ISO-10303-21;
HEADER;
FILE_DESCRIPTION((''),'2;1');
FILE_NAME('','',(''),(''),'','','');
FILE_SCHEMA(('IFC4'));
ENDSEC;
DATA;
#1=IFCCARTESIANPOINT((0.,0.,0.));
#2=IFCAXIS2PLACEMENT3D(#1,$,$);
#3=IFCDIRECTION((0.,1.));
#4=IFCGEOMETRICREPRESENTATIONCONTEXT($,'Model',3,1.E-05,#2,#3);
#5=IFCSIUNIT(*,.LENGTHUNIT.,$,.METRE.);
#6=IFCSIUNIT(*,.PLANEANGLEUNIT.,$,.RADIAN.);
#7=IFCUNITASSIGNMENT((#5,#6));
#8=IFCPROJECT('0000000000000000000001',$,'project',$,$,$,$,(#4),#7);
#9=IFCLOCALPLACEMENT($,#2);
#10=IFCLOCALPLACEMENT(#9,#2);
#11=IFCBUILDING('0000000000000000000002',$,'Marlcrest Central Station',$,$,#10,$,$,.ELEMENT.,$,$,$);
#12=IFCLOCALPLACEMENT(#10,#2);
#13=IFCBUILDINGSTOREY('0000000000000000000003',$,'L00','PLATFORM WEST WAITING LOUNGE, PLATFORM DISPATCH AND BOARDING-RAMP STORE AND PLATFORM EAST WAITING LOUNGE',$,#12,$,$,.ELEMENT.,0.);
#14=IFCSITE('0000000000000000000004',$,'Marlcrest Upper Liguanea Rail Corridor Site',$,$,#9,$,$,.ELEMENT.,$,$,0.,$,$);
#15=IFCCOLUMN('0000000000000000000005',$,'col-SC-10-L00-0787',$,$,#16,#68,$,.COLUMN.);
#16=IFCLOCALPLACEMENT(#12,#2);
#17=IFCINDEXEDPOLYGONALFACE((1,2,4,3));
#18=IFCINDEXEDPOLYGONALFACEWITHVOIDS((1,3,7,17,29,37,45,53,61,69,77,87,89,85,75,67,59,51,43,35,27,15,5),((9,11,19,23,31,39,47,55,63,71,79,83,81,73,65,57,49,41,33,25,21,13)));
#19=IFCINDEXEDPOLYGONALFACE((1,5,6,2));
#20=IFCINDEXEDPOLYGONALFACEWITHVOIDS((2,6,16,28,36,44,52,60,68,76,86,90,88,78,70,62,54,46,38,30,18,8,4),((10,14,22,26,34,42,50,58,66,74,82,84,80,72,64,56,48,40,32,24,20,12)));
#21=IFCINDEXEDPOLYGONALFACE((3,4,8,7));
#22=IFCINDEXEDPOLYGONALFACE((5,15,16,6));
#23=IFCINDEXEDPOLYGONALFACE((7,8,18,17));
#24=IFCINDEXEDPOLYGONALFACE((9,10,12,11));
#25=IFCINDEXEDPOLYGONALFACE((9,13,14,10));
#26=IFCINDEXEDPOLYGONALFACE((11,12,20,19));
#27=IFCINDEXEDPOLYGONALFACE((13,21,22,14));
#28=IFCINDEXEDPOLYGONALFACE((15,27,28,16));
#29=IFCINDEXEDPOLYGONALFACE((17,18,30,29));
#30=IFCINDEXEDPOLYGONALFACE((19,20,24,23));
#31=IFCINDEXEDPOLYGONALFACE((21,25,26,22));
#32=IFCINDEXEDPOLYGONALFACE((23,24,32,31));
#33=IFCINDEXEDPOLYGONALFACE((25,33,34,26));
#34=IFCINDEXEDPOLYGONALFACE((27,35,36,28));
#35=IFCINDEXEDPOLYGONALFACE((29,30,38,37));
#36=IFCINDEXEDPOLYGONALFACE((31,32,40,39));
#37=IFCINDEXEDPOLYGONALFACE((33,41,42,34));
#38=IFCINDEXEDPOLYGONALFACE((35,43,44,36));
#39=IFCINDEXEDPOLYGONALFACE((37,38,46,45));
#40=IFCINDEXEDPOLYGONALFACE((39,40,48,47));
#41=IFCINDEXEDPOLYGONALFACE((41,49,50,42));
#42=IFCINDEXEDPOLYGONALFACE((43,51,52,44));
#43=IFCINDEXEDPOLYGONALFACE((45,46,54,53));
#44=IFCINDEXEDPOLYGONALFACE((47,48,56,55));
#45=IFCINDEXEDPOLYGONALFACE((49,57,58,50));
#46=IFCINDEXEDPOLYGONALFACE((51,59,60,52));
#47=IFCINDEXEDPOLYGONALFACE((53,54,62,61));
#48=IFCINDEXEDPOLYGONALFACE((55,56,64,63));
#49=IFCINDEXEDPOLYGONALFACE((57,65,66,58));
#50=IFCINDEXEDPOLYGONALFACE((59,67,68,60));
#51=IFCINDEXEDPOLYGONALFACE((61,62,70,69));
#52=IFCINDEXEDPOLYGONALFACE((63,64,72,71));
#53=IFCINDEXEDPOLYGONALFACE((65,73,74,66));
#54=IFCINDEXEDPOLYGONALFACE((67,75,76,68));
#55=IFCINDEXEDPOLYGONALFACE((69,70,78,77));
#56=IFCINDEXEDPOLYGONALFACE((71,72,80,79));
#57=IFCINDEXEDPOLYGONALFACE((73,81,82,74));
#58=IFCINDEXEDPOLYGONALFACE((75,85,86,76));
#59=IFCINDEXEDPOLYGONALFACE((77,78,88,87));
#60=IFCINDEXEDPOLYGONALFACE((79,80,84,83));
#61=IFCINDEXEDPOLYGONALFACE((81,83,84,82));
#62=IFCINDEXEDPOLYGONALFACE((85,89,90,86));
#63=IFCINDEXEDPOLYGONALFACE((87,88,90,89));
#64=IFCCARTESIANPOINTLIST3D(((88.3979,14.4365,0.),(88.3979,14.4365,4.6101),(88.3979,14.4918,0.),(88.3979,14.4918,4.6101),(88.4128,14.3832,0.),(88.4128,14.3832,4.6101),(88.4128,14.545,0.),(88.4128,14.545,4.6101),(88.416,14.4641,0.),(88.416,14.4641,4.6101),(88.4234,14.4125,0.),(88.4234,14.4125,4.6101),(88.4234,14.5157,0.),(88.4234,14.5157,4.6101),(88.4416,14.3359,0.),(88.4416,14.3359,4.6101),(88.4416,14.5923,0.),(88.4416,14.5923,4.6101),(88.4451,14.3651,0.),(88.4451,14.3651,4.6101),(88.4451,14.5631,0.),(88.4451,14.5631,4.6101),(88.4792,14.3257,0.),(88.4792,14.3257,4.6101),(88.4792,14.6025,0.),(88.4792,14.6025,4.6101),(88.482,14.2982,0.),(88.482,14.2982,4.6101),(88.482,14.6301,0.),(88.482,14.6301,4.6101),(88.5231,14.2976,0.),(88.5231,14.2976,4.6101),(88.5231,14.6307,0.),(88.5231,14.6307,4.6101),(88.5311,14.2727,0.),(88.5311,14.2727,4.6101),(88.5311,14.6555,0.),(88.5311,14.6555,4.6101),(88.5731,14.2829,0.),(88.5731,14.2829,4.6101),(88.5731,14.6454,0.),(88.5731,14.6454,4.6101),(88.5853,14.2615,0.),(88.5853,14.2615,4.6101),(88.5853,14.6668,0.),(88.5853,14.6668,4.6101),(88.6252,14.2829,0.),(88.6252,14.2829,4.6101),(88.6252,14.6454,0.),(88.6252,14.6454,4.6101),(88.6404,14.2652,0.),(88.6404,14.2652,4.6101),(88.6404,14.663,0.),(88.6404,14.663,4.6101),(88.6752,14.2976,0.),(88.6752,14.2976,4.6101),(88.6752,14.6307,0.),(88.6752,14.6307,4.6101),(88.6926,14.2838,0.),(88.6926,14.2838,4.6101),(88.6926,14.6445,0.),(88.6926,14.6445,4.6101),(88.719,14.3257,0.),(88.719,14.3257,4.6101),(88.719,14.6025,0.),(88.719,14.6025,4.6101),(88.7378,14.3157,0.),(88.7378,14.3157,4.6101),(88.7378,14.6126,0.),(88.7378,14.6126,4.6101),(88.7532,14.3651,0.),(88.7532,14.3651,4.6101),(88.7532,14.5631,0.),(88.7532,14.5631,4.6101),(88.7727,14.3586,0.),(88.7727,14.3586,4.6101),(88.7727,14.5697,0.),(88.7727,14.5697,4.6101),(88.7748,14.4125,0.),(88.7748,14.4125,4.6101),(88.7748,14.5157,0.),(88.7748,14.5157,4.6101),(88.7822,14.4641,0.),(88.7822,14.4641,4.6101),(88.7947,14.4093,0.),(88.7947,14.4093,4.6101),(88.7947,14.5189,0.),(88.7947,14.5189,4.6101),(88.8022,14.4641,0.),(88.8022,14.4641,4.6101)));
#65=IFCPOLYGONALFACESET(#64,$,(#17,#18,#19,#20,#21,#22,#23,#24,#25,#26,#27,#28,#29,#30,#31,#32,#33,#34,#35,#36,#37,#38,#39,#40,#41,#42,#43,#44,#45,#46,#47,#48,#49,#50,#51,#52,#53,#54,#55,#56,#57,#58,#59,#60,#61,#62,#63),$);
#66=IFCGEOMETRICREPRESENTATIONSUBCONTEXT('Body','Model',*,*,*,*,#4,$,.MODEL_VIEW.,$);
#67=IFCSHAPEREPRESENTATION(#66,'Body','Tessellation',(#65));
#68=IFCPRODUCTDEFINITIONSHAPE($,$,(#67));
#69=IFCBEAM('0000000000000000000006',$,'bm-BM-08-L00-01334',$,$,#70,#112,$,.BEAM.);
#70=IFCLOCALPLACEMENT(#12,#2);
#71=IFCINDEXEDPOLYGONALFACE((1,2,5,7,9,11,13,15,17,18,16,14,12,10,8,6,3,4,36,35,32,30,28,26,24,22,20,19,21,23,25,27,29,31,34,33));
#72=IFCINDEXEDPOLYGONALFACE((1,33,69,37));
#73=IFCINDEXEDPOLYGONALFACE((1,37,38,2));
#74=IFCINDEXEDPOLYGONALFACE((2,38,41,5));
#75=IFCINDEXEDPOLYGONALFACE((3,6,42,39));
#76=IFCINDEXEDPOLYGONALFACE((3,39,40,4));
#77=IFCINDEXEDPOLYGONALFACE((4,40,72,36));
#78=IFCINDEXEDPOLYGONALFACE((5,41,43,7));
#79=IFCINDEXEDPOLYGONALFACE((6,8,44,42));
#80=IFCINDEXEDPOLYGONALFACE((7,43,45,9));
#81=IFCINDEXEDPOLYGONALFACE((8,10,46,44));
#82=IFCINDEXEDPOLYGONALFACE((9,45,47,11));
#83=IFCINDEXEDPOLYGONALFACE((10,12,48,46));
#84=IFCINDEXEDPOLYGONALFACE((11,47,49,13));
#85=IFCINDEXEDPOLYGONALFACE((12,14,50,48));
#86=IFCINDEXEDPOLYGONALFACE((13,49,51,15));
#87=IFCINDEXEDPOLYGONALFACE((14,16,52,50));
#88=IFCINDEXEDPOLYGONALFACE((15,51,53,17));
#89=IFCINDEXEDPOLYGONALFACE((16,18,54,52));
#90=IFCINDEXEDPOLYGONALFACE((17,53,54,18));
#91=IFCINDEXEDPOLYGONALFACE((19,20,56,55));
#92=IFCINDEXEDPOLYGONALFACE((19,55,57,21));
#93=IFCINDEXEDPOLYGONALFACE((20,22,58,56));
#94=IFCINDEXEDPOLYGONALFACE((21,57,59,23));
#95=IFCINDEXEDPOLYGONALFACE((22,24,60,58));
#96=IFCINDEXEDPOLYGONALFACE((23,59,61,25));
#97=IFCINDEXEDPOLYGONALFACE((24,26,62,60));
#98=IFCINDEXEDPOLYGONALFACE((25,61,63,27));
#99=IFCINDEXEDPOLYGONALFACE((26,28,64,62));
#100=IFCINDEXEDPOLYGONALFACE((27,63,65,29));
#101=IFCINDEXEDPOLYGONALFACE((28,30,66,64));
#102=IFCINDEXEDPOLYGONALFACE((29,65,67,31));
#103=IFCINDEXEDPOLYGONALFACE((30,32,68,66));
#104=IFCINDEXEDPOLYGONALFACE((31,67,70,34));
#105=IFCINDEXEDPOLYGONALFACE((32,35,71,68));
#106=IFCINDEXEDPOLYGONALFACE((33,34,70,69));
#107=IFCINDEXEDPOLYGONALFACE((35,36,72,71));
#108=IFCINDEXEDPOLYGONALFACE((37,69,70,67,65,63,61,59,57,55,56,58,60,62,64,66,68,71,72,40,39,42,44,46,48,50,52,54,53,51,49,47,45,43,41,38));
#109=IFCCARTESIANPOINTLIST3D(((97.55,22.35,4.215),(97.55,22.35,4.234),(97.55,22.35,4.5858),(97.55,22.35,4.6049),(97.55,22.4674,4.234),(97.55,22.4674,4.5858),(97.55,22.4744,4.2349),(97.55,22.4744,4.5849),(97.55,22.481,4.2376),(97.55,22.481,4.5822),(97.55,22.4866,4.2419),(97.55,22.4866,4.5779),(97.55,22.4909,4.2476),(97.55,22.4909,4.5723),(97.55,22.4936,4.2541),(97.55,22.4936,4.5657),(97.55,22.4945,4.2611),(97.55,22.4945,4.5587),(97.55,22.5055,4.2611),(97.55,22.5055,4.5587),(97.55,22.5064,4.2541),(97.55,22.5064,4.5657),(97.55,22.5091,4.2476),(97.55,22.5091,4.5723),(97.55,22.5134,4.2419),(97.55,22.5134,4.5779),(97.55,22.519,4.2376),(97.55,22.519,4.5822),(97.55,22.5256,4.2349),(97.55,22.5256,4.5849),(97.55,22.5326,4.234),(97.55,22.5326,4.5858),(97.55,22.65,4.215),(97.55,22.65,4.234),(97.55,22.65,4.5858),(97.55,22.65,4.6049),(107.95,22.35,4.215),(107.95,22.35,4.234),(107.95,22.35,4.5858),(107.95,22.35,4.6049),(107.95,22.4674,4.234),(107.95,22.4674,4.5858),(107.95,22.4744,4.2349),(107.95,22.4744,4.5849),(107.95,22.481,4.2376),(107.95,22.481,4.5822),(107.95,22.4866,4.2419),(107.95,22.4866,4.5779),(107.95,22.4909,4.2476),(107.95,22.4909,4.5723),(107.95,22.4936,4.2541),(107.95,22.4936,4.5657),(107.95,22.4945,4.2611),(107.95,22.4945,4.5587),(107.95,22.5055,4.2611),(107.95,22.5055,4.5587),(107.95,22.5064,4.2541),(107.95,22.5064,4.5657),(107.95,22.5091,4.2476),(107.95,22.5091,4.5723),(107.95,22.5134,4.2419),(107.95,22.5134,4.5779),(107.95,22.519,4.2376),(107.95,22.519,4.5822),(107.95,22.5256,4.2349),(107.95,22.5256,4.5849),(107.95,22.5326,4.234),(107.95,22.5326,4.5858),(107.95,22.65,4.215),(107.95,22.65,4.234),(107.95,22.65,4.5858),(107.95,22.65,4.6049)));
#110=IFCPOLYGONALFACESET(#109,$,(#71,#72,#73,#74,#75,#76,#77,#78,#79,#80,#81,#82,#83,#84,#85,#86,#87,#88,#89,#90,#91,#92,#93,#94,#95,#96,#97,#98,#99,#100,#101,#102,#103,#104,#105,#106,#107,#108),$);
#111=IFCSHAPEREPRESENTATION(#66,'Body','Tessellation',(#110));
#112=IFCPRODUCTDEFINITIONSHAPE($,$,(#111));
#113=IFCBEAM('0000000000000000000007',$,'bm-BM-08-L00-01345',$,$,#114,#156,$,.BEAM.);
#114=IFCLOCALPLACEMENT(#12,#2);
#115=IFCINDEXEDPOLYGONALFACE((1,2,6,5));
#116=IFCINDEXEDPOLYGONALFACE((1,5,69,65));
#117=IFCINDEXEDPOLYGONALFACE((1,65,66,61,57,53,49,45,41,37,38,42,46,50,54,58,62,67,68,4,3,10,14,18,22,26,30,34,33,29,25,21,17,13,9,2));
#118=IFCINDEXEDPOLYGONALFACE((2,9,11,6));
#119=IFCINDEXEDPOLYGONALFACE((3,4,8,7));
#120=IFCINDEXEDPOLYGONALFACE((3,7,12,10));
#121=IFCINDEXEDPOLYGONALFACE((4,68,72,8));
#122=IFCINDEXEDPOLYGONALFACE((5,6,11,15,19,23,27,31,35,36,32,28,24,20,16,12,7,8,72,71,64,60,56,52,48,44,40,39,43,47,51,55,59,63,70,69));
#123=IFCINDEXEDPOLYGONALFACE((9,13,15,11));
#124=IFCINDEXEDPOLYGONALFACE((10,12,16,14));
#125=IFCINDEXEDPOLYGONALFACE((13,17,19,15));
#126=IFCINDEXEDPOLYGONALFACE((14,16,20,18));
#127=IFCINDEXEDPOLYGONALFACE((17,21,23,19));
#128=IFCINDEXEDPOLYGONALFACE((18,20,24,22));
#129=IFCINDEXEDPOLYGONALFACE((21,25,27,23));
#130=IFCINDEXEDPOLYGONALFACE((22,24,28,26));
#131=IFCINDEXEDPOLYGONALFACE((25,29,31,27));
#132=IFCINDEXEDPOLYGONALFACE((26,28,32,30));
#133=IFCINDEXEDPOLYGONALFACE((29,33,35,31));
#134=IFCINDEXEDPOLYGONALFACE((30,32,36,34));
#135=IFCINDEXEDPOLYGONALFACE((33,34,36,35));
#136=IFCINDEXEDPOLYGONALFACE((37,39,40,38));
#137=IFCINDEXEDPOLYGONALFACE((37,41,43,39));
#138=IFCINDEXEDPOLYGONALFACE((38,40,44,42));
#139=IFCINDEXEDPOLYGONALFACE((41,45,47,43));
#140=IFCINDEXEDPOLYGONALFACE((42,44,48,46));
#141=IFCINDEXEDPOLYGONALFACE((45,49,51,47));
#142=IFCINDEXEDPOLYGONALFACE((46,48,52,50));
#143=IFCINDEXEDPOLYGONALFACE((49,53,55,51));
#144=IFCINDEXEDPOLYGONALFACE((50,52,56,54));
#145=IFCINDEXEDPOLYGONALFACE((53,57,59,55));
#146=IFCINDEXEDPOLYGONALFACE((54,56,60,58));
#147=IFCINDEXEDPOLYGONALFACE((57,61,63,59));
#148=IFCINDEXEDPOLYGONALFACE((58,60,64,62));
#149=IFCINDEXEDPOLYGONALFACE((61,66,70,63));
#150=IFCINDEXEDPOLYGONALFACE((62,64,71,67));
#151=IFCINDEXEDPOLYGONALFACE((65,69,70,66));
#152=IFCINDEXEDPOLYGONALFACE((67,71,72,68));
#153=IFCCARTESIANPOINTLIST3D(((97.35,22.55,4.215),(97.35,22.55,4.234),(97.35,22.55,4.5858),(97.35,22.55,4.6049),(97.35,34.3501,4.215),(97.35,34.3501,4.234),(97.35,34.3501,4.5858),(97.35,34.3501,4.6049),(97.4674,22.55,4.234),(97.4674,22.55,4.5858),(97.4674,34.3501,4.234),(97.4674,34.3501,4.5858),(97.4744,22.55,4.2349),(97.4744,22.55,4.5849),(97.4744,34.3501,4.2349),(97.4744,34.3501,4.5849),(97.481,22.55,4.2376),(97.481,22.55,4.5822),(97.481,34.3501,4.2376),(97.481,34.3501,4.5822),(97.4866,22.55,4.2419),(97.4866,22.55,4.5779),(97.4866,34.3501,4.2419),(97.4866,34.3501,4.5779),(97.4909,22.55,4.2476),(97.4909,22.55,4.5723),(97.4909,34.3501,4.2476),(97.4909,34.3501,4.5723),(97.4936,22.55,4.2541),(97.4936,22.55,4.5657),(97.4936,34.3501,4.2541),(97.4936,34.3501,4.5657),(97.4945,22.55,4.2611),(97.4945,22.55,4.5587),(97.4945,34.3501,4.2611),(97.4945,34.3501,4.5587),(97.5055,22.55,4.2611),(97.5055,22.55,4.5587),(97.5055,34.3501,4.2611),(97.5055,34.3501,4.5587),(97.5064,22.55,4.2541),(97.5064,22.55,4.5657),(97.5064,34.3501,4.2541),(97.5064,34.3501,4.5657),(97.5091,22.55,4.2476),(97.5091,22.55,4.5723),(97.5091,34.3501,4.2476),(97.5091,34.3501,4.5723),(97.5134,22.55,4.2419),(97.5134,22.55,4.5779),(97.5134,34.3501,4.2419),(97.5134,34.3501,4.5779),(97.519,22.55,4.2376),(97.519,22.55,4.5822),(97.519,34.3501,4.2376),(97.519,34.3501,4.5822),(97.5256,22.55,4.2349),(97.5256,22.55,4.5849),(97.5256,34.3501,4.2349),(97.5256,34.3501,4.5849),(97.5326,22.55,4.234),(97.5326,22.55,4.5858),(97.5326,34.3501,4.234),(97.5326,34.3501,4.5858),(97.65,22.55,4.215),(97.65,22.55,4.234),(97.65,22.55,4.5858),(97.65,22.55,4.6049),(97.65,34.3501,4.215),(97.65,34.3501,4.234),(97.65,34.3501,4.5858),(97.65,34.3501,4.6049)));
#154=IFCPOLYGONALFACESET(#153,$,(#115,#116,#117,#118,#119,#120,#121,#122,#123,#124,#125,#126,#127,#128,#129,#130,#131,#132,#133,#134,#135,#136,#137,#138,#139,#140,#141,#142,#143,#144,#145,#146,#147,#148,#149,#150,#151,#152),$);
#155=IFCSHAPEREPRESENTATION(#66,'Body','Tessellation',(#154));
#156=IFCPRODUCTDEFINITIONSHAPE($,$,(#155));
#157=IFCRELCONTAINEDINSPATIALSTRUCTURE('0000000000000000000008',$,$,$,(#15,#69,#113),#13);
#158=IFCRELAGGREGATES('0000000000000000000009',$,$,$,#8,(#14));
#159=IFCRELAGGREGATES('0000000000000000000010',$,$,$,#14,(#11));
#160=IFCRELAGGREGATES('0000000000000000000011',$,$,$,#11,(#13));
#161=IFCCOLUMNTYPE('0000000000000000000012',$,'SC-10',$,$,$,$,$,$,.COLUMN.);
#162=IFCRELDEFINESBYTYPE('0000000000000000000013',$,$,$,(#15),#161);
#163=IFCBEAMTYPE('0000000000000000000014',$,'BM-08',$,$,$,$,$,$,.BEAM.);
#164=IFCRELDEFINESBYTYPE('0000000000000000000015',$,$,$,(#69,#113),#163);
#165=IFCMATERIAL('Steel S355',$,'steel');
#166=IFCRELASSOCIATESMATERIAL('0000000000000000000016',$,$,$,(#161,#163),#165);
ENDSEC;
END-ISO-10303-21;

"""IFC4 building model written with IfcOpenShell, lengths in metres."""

from ifc_helpers import new_model, si_unit, direction, frame, origin, origin_2d, place, context, subcontext, project, spatial, hollow_circle, i_section, extrude, material, material_profile, profile_set, type_object, element, save


model = new_model("IFC4")

# Units and contexts
model_context = context("Model", 3, precision=1e-05, world=origin(), true_north=direction((0.0, 1.0)))
body_context = subcontext(model_context, "Body", "Model", "MODEL_VIEW")
ifc_project = project(units=[si_unit("LENGTHUNIT", "METRE"), si_unit("PLANEANGLEUNIT", "RADIAN")], contexts=[model_context])

# Site, building, storey
site_placement = place(None, origin())
site = spatial("IfcSite", under=ifc_project, at=site_placement, Name="Marlcrest Upper Liguanea Rail Corridor Site", CompositionType="ELEMENT", RefElevation=0.0)
building_placement = place(site_placement, origin())
building = spatial("IfcBuilding", under=site, at=building_placement, Name="Marlcrest Central Station", CompositionType="ELEMENT")
storey_placement = place(building_placement, origin())
storey = spatial("IfcBuildingStorey", under=building, at=storey_placement, Name="L00", Description="PLATFORM WEST WAITING LOUNGE, PLATFORM DISPATCH AND BOARDING-RAMP STORE AND PLATFORM EAST WAITING LOUNGE", CompositionType="ELEMENT", Elevation=0.0)

# Column
ifc_material_1 = material(Name="Steel S355", Category="steel")
ifc_material_profile_1 = material_profile(ifc_material_1, hollow_circle(Radius=0.2031, WallThickness=0.02, at=origin_2d()), Name="CHS 406.4x20")
ifc_profile_set_1 = profile_set([ifc_material_profile_1], Name="Steel S355")
column_type_1 = type_object("IfcColumnType", Name="SC-10", PredefinedType="COLUMN", material=ifc_profile_set_1)
column_1_placement = place(storey_placement, frame((88.5991, 14.4641, 0.0), z_axis=(0.0, 0.0, 1.0), x_axis=(1.0, 0.0, 0.0)))
element("IfcColumn", 1, at=column_1_placement, inside=storey, type_object=column_type_1, Name="col-SC-10-L00-0787", PredefinedType="COLUMN", context=body_context, shape_type="SweptSolid", body=[
    extrude(hollow_circle(Radius=0.2031, WallThickness=0.02, at=origin_2d()), origin(), (0.0, 0.0, 1.0), 4.6101),
])

# Beams
ifc_material_profile_2 = material_profile(ifc_material_1, i_section(OverallWidth=0.3, OverallDepth=0.3899, WebThickness=0.011, FlangeThickness=0.019, FilletRadius=0.0271, at=origin_2d()), Name="HEA 400")
ifc_profile_set_2 = profile_set([ifc_material_profile_2], Name="Steel S355")
beam_type_1 = type_object("IfcBeamType", Name="BM-08", PredefinedType="BEAM", material=ifc_profile_set_2)
beam_1_placement = place(storey_placement, frame((97.55, 22.5, 4.4099), z_axis=(1.0, 0.0, 0.0), x_axis=(0.0, 1.0, 0.0)))
element("IfcBeam", 2, at=beam_1_placement, inside=storey, type_object=beam_type_1, Name="bm-BM-08-L00-01334", PredefinedType="BEAM", context=body_context, shape_type="SweptSolid", body=[
    extrude(i_section(OverallWidth=0.3, OverallDepth=0.3899, WebThickness=0.011, FlangeThickness=0.019, FilletRadius=0.0271, at=origin_2d()), origin(), (0.0, 0.0, 1.0), 10.3999),
])
beam_2_placement = place(storey_placement, frame((97.5, 22.55, 4.4099), z_axis=(0.0, 1.0, 0.0), x_axis=(-1.0, 0.0, 0.0)))
element("IfcBeam", 3, at=beam_2_placement, inside=storey, type_object=beam_type_1, Name="bm-BM-08-L00-01345", PredefinedType="BEAM", context=body_context, shape_type="SweptSolid", body=[
    extrude(i_section(OverallWidth=0.3, OverallDepth=0.3899, WebThickness=0.011, FlangeThickness=0.019, FilletRadius=0.0271, at=origin_2d()), origin(), (0.0, 0.0, 1.0), 11.8),
])

save(model, "model.ifc")
